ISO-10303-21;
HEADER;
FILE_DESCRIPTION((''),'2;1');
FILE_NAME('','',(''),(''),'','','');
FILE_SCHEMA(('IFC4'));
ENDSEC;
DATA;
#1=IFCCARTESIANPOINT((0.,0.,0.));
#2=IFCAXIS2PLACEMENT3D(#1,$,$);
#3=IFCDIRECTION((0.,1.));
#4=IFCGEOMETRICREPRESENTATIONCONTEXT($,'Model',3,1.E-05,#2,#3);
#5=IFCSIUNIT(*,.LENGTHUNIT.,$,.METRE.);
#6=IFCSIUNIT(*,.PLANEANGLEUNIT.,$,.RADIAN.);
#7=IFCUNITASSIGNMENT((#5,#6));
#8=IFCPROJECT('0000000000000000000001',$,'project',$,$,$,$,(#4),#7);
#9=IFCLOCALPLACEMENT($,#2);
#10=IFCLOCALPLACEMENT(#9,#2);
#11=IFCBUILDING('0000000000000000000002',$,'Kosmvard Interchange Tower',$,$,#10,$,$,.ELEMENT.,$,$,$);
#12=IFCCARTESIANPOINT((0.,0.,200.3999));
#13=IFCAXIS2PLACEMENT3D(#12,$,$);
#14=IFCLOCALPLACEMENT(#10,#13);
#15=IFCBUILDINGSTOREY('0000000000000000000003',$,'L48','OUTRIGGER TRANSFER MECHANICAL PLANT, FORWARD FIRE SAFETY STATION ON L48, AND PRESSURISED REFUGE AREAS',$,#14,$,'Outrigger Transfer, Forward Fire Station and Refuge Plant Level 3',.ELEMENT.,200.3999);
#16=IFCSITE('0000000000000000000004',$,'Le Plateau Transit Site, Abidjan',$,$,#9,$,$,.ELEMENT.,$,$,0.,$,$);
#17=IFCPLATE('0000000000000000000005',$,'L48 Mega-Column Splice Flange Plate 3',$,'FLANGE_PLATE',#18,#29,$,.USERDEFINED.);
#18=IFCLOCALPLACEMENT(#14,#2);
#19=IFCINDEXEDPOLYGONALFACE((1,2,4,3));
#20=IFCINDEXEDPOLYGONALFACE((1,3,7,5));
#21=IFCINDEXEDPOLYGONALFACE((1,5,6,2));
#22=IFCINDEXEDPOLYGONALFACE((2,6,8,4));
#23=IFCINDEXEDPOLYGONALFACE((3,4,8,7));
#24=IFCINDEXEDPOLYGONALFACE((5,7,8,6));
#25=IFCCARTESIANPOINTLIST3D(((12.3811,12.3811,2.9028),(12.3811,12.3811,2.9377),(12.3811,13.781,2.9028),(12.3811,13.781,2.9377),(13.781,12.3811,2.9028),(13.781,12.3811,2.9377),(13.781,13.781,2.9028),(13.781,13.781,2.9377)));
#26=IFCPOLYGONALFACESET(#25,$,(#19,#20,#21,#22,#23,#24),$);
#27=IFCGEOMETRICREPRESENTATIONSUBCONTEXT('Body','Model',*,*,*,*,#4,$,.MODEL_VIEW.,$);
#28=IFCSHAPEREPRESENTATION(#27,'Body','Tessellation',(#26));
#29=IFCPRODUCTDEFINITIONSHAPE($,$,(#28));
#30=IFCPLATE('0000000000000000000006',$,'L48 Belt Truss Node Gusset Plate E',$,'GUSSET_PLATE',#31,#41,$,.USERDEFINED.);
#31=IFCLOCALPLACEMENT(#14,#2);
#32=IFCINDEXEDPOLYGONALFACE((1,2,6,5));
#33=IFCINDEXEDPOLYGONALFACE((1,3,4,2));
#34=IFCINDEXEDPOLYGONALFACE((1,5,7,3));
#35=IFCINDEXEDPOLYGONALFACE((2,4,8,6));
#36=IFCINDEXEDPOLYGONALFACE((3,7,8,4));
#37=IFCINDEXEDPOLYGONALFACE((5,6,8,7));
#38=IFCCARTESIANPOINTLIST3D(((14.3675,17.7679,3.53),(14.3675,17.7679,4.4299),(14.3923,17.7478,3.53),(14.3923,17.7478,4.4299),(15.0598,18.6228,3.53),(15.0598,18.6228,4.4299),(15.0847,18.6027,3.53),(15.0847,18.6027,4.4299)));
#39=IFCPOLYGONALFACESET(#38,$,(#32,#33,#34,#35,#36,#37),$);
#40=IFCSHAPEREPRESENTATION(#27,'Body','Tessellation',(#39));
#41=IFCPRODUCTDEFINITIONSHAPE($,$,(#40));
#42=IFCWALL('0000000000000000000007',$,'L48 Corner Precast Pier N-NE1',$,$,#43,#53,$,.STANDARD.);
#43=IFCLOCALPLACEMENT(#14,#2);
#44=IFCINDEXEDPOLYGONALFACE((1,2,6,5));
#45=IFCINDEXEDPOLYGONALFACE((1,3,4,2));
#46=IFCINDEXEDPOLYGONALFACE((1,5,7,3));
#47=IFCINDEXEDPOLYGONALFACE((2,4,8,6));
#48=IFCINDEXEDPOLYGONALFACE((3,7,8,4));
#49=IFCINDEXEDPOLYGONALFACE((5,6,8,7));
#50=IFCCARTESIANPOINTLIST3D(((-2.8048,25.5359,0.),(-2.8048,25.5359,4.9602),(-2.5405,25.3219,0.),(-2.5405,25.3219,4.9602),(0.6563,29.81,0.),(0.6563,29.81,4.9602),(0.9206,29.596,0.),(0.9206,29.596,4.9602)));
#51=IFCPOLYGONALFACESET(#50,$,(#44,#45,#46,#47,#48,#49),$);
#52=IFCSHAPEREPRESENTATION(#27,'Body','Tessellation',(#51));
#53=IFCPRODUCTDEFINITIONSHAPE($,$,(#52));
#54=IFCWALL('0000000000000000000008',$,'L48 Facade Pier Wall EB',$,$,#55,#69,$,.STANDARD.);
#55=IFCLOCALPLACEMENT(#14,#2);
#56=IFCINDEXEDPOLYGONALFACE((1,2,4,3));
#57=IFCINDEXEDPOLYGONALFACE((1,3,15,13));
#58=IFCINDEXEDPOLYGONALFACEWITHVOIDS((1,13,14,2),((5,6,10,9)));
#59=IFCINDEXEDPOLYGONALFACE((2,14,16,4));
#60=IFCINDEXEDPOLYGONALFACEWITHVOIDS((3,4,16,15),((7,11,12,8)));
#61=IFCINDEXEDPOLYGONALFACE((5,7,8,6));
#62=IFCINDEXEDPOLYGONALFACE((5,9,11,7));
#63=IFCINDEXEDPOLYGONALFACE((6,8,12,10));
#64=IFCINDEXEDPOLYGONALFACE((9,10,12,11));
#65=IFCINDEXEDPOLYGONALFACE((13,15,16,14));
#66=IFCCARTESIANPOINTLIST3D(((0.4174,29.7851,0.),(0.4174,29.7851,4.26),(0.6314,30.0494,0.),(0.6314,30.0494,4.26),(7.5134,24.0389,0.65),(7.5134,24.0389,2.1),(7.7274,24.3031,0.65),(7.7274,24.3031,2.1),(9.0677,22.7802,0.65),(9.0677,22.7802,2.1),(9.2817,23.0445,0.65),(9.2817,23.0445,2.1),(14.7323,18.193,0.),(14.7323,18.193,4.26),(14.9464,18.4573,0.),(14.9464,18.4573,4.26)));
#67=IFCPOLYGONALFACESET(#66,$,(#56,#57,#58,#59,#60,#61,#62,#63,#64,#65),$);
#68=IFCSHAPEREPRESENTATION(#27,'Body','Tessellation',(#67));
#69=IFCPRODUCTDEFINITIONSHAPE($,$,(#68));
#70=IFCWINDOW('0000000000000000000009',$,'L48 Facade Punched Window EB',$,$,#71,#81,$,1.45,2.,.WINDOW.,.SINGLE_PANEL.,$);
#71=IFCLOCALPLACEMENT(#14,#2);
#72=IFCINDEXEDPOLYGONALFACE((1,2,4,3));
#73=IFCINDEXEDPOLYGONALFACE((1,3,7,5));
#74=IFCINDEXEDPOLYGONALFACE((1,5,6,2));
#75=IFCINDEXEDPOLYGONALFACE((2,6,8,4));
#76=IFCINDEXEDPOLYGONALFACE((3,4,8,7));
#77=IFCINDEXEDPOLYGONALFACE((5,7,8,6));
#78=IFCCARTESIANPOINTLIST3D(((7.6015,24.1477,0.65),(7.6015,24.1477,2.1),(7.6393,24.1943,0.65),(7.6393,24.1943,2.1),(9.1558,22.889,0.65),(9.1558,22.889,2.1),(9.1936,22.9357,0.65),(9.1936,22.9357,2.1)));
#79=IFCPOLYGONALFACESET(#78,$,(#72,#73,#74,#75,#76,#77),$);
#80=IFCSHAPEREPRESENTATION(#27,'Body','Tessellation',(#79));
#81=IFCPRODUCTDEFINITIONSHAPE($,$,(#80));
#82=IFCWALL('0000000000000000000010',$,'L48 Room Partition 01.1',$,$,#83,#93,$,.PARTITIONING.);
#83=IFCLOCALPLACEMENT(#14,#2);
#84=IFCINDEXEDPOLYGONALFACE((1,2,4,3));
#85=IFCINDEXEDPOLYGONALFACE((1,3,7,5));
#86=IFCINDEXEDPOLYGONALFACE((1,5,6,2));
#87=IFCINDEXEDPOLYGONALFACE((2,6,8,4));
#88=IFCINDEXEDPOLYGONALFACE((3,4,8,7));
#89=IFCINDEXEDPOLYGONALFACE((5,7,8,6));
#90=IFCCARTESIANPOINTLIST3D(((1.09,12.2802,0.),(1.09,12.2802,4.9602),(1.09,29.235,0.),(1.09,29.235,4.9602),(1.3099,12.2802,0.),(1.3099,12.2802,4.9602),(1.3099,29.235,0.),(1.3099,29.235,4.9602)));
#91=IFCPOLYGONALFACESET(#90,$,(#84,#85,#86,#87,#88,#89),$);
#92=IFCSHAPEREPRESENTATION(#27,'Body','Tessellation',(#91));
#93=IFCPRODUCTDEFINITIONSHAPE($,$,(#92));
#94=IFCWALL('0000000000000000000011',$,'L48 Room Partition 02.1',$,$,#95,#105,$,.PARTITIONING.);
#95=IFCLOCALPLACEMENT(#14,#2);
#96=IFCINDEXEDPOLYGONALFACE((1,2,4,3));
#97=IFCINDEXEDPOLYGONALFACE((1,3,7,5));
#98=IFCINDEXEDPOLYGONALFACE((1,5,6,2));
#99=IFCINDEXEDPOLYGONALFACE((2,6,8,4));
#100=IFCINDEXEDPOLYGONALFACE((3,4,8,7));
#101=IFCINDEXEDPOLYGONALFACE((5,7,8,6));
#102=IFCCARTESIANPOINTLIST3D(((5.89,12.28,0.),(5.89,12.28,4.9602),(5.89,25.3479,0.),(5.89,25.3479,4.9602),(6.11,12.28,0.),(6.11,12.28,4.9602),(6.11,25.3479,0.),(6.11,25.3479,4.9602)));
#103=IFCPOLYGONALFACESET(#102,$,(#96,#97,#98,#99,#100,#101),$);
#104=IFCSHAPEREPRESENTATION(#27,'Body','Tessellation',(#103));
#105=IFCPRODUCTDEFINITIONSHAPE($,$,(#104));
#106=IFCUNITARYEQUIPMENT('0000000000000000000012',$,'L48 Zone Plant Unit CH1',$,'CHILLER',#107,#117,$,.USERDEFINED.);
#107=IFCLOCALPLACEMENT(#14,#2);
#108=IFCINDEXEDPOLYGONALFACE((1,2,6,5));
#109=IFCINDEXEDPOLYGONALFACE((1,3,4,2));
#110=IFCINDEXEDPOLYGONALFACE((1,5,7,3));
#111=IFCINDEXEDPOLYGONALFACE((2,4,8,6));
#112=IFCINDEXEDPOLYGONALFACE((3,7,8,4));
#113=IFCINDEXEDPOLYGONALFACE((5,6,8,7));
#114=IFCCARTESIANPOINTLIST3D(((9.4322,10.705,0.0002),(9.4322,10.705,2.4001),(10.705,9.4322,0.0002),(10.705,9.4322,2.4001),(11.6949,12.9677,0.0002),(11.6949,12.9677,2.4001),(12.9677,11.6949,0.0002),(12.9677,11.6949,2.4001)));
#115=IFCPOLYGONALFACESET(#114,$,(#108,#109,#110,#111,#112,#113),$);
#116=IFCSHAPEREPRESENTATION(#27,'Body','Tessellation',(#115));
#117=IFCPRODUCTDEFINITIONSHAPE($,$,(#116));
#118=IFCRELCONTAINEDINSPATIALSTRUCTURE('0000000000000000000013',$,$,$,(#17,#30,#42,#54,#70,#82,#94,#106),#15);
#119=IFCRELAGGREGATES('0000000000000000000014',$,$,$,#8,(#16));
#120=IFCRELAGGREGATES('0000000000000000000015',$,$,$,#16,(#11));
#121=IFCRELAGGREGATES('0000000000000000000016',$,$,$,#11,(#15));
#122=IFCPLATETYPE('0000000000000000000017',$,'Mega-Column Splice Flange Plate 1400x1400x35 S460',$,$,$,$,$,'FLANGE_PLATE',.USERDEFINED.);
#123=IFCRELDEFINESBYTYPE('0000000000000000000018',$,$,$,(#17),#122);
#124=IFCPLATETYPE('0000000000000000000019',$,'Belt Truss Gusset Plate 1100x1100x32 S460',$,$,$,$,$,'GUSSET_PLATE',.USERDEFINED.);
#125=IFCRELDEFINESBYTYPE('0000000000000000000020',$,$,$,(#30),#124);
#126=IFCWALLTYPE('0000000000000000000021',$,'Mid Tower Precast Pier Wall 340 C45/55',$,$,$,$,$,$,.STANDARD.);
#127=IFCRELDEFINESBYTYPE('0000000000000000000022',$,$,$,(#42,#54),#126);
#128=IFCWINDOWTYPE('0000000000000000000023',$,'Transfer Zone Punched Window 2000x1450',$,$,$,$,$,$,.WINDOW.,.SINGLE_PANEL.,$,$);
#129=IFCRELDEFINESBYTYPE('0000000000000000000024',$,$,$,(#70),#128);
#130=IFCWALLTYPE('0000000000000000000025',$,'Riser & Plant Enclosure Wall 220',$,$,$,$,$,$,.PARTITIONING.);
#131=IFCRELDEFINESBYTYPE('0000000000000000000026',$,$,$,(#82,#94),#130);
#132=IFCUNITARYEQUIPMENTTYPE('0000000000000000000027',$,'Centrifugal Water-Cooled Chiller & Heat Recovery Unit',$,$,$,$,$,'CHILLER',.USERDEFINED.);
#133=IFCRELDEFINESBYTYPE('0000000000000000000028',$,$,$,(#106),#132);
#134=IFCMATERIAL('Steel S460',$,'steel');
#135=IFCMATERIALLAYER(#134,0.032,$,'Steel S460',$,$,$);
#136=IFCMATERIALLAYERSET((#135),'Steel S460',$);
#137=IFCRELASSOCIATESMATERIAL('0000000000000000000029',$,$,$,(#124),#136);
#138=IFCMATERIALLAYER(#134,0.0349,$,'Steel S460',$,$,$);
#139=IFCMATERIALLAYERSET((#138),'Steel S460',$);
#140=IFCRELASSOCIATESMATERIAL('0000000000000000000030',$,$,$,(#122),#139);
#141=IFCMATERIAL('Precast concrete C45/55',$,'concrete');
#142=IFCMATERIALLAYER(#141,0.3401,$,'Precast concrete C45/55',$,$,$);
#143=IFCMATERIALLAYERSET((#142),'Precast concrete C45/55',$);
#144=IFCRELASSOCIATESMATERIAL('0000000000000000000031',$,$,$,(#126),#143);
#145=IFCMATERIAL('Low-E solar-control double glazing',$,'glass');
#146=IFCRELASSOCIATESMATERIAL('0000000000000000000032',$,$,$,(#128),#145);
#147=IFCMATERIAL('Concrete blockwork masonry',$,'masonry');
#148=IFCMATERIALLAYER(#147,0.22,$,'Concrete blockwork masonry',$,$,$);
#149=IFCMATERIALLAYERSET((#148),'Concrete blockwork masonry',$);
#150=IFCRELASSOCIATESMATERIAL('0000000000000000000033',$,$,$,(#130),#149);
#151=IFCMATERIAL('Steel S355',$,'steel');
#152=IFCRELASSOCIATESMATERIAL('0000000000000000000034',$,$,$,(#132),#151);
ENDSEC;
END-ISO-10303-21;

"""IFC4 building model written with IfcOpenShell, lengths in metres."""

from ifc_helpers import new_model, si_unit, direction, frame, frame_2d, origin, origin_2d, place, context, subcontext, project, spatial, rectangle, extrude, source, transform, mapped, material, layer, layer_set, type_object, element, fill, save


model = new_model("IFC4")

# Units and contexts
model_context = context("Model", 3, precision=1e-05, world=origin(), true_north=direction((0.0, 1.0)))
body_context = subcontext(model_context, "Body", "Model", "MODEL_VIEW")
ifc_project = project(units=[si_unit("LENGTHUNIT", "METRE"), si_unit("PLANEANGLEUNIT", "RADIAN")], contexts=[model_context])

# Site, building, storey
site_placement = place(None, origin())
site = spatial("IfcSite", under=ifc_project, at=site_placement, Name="Le Plateau Transit Site, Abidjan", CompositionType="ELEMENT", RefElevation=0.0)
building_placement = place(site_placement, origin())
building = spatial("IfcBuilding", under=site, at=building_placement, Name="Kosmvard Interchange Tower", CompositionType="ELEMENT")
storey_placement = place(building_placement, frame((0.0, 0.0, 200.3999)))
storey = spatial("IfcBuildingStorey", under=building, at=storey_placement, Name="L48", Description="OUTRIGGER TRANSFER MECHANICAL PLANT, FORWARD FIRE SAFETY STATION ON L48, AND PRESSURISED REFUGE AREAS", LongName="Outrigger Transfer, Forward Fire Station and Refuge Plant Level 3", CompositionType="ELEMENT", Elevation=200.3999)

# Shared definitions
ifc_material_1 = material(Name="Steel S460", Category="steel")

# Shared definitions
ifc_material_2 = material(Name="Steel S355", Category="steel")

# Plates
ifc_layer_1 = layer(ifc_material_1, 0.032, Name="Steel S460")
ifc_layer_set_1 = layer_set([ifc_layer_1], Name="Steel S460")
plate_type_1 = type_object("IfcPlateType", Name="Belt Truss Gusset Plate 1100x1100x32 S460", ElementType="GUSSET_PLATE", PredefinedType="USERDEFINED", material=ifc_layer_set_1)
ifc_layer_2 = layer(ifc_material_1, 0.0349, Name="Steel S460")
ifc_layer_set_2 = layer_set([ifc_layer_2], Name="Steel S460")
plate_type_2 = type_object("IfcPlateType", Name="Mega-Column Splice Flange Plate 1400x1400x35 S460", ElementType="FLANGE_PLATE", PredefinedType="USERDEFINED", material=ifc_layer_set_2)
shared_shape_1 = source(origin(), body_context, "Body", "SweptSolid", [
    extrude(rectangle(XDim=1.3999, YDim=1.3999, at=origin_2d()), origin(), (0.0, 0.0, 1.0), 0.0349),
])
plate_1_placement = place(storey_placement, frame((13.0811, 13.0811, 2.9028), z_axis=(0.0, 0.0, 1.0), x_axis=(1.0, 0.0, 0.0)))
element("IfcPlate", 1, at=plate_1_placement, inside=storey, type_object=plate_type_2, Name="L48 Mega-Column Splice Flange Plate 3", ObjectType="FLANGE_PLATE", PredefinedType="USERDEFINED", context=body_context, shape_type="MappedRepresentation", body=[
    mapped(shared_shape_1, transform((0.0, 0.0, 0.0), scale=1.0)),
])
shared_shape_2 = source(origin(), body_context, "Body", "SweptSolid", [
    extrude(rectangle(XDim=1.1001, YDim=0.032, at=origin_2d()), origin(), (0.0, 0.0, 1.0), 0.8999),
])
plate_2_placement = place(storey_placement, frame((14.7261, 18.1853, 3.53), z_axis=(0.0, 0.0, 1.0), x_axis=(0.62932, 0.777146, 0.0)))
element("IfcPlate", 2, at=plate_2_placement, inside=storey, type_object=plate_type_1, Name="L48 Belt Truss Node Gusset Plate E", ObjectType="GUSSET_PLATE", PredefinedType="USERDEFINED", context=body_context, shape_type="MappedRepresentation", body=[
    mapped(shared_shape_2, transform((0.0, 0.0, 0.0), scale=1.0)),
])

# Wall
ifc_material_3 = material(Name="Precast concrete C45/55", Category="concrete")
ifc_layer_3 = layer(ifc_material_3, 0.3401, Name="Precast concrete C45/55")
ifc_layer_set_3 = layer_set([ifc_layer_3], Name="Precast concrete C45/55")
wall_type_1 = type_object("IfcWallType", Name="Mid Tower Precast Pier Wall 340 C45/55", PredefinedType="STANDARD", material=ifc_layer_set_3)
wall_1_placement = place(storey_placement, frame((0.7886, 29.7031, 0.0), z_axis=(0.0, 0.0, 1.0), x_axis=(-0.629323, -0.777144, 0.0)))
element("IfcWall", 3, at=wall_1_placement, inside=storey, type_object=wall_type_1, Name="L48 Corner Precast Pier N-NE1", PredefinedType="STANDARD", context=body_context, shape_type="SweptSolid", body=[
    extrude(rectangle(XDim=5.4998, YDim=0.3401, at=frame_2d((2.75, 0.0))), origin(), (0.0, 0.0, 1.0), 4.9602),
])

# Wall, opening, window
wall_2_placement = place(storey_placement, frame((14.8394, 18.3252, 0.0), z_axis=(0.0, 0.0, 1.0), x_axis=(-0.777145, 0.629321, 0.0)))
wall_2 = element("IfcWall", 4, at=wall_2_placement, inside=storey, type_object=wall_type_1, Name="L48 Facade Pier Wall EB", PredefinedType="STANDARD", context=body_context, shape_type="SweptSolid", body=[
    extrude(rectangle(XDim=18.4199, YDim=0.3401, at=frame_2d((9.21, 0.0))), origin(), (0.0, 0.0, 1.0), 4.26),
])
opening_placement = place(wall_2_placement, frame((7.2891, 0.0, 0.6499)))
opening = element("IfcOpeningElement", 5, at=opening_placement, cuts=wall_2, PredefinedType="OPENING", context=body_context, shape_type="SweptSolid", body=[
    extrude(rectangle(XDim=2.0, YDim=1.45, at=frame_2d((1.0, 0.7251))), frame((0.0, 0.1802, 0.0), z_axis=(0.0, -1.0, 0.0), x_axis=(1.0, 0.0, 0.0)), (0.0, 0.0, 1.0), 0.3601),
])
ifc_material_4 = material(Name="Low-E solar-control double glazing", Category="glass")
window_type = type_object("IfcWindowType", Name="Transfer Zone Punched Window 2000x1450", PartitioningType="SINGLE_PANEL", PredefinedType="WINDOW", material=ifc_material_4)
shared_shape_3 = source(origin(), body_context, "Body", "SweptSolid", [
    extrude(rectangle(XDim=2.0, YDim=1.45, at=frame_2d((1.0, 0.7251))), frame((0.0, 0.03, 0.0), z_axis=(0.0, -1.0, 0.0), x_axis=(1.0, 0.0, 0.0)), (0.0, 0.0, 1.0), 0.0601),
])
window_placement = place(opening_placement, origin())
window = element("IfcWindow", 6, at=window_placement, inside=storey, type_object=window_type, Name="L48 Facade Punched Window EB", OverallHeight=1.45, OverallWidth=2.0, PartitioningType="SINGLE_PANEL", PredefinedType="WINDOW", context=body_context, shape_type="MappedRepresentation", body=[
    mapped(shared_shape_3, transform((0.0, 0.0, 0.0), scale=1.0)),
])
fill(opening, window)

# Walls
ifc_material_5 = material(Name="Concrete blockwork masonry", Category="masonry")
ifc_layer_4 = layer(ifc_material_5, 0.22, Name="Concrete blockwork masonry")
ifc_layer_set_4 = layer_set([ifc_layer_4], Name="Concrete blockwork masonry")
wall_type_2 = type_object("IfcWallType", Name="Riser & Plant Enclosure Wall 220", PredefinedType="PARTITIONING", material=ifc_layer_set_4)
wall_3_placement = place(storey_placement, frame((1.2, 12.28, 0.0), z_axis=(0.0, 0.0, 1.0), x_axis=(0.0, 1.0, 0.0)))
element("IfcWall", 7, at=wall_3_placement, inside=storey, type_object=wall_type_2, Name="L48 Room Partition 01.1", PredefinedType="PARTITIONING", context=body_context, shape_type="SweptSolid", body=[
    extrude(rectangle(XDim=16.9548, YDim=0.22, at=frame_2d((8.4775, 0.0))), origin(), (0.0, 0.0, 1.0), 4.9602),
])
wall_4_placement = place(storey_placement, frame((6.0, 12.28, 0.0), z_axis=(0.0, 0.0, 1.0), x_axis=(0.0, 1.0, 0.0)))
element("IfcWall", 8, at=wall_4_placement, inside=storey, type_object=wall_type_2, Name="L48 Room Partition 02.1", PredefinedType="PARTITIONING", context=body_context, shape_type="SweptSolid", body=[
    extrude(rectangle(XDim=13.0679, YDim=0.22, at=frame_2d((6.5339, 0.0))), origin(), (0.0, 0.0, 1.0), 4.9602),
])

# Unitary equipment
unitary_equipment_type = type_object("IfcUnitaryEquipmentType", Name="Centrifugal Water-Cooled Chiller & Heat Recovery Unit", ElementType="CHILLER", PredefinedType="USERDEFINED", material=ifc_material_2)
shared_shape_4 = source(origin(), body_context, "Body", "SweptSolid", [
    extrude(rectangle(XDim=3.2, YDim=1.8, at=origin_2d()), origin(), (0.0, 0.0, 1.0), 2.3999),
])
unitary_equipment_placement = place(storey_placement, frame((11.2, 11.2, 0.0002), z_axis=(0.0, 0.0, 1.0), x_axis=(0.707107, 0.707107, 0.0)))
element("IfcUnitaryEquipment", 9, at=unitary_equipment_placement, inside=storey, type_object=unitary_equipment_type, Name="L48 Zone Plant Unit CH1", ObjectType="CHILLER", PredefinedType="USERDEFINED", context=body_context, shape_type="MappedRepresentation", body=[
    mapped(shared_shape_4, transform((0.0, 0.0, 0.0), scale=1.0)),
])

save(model, "model.ifc")
